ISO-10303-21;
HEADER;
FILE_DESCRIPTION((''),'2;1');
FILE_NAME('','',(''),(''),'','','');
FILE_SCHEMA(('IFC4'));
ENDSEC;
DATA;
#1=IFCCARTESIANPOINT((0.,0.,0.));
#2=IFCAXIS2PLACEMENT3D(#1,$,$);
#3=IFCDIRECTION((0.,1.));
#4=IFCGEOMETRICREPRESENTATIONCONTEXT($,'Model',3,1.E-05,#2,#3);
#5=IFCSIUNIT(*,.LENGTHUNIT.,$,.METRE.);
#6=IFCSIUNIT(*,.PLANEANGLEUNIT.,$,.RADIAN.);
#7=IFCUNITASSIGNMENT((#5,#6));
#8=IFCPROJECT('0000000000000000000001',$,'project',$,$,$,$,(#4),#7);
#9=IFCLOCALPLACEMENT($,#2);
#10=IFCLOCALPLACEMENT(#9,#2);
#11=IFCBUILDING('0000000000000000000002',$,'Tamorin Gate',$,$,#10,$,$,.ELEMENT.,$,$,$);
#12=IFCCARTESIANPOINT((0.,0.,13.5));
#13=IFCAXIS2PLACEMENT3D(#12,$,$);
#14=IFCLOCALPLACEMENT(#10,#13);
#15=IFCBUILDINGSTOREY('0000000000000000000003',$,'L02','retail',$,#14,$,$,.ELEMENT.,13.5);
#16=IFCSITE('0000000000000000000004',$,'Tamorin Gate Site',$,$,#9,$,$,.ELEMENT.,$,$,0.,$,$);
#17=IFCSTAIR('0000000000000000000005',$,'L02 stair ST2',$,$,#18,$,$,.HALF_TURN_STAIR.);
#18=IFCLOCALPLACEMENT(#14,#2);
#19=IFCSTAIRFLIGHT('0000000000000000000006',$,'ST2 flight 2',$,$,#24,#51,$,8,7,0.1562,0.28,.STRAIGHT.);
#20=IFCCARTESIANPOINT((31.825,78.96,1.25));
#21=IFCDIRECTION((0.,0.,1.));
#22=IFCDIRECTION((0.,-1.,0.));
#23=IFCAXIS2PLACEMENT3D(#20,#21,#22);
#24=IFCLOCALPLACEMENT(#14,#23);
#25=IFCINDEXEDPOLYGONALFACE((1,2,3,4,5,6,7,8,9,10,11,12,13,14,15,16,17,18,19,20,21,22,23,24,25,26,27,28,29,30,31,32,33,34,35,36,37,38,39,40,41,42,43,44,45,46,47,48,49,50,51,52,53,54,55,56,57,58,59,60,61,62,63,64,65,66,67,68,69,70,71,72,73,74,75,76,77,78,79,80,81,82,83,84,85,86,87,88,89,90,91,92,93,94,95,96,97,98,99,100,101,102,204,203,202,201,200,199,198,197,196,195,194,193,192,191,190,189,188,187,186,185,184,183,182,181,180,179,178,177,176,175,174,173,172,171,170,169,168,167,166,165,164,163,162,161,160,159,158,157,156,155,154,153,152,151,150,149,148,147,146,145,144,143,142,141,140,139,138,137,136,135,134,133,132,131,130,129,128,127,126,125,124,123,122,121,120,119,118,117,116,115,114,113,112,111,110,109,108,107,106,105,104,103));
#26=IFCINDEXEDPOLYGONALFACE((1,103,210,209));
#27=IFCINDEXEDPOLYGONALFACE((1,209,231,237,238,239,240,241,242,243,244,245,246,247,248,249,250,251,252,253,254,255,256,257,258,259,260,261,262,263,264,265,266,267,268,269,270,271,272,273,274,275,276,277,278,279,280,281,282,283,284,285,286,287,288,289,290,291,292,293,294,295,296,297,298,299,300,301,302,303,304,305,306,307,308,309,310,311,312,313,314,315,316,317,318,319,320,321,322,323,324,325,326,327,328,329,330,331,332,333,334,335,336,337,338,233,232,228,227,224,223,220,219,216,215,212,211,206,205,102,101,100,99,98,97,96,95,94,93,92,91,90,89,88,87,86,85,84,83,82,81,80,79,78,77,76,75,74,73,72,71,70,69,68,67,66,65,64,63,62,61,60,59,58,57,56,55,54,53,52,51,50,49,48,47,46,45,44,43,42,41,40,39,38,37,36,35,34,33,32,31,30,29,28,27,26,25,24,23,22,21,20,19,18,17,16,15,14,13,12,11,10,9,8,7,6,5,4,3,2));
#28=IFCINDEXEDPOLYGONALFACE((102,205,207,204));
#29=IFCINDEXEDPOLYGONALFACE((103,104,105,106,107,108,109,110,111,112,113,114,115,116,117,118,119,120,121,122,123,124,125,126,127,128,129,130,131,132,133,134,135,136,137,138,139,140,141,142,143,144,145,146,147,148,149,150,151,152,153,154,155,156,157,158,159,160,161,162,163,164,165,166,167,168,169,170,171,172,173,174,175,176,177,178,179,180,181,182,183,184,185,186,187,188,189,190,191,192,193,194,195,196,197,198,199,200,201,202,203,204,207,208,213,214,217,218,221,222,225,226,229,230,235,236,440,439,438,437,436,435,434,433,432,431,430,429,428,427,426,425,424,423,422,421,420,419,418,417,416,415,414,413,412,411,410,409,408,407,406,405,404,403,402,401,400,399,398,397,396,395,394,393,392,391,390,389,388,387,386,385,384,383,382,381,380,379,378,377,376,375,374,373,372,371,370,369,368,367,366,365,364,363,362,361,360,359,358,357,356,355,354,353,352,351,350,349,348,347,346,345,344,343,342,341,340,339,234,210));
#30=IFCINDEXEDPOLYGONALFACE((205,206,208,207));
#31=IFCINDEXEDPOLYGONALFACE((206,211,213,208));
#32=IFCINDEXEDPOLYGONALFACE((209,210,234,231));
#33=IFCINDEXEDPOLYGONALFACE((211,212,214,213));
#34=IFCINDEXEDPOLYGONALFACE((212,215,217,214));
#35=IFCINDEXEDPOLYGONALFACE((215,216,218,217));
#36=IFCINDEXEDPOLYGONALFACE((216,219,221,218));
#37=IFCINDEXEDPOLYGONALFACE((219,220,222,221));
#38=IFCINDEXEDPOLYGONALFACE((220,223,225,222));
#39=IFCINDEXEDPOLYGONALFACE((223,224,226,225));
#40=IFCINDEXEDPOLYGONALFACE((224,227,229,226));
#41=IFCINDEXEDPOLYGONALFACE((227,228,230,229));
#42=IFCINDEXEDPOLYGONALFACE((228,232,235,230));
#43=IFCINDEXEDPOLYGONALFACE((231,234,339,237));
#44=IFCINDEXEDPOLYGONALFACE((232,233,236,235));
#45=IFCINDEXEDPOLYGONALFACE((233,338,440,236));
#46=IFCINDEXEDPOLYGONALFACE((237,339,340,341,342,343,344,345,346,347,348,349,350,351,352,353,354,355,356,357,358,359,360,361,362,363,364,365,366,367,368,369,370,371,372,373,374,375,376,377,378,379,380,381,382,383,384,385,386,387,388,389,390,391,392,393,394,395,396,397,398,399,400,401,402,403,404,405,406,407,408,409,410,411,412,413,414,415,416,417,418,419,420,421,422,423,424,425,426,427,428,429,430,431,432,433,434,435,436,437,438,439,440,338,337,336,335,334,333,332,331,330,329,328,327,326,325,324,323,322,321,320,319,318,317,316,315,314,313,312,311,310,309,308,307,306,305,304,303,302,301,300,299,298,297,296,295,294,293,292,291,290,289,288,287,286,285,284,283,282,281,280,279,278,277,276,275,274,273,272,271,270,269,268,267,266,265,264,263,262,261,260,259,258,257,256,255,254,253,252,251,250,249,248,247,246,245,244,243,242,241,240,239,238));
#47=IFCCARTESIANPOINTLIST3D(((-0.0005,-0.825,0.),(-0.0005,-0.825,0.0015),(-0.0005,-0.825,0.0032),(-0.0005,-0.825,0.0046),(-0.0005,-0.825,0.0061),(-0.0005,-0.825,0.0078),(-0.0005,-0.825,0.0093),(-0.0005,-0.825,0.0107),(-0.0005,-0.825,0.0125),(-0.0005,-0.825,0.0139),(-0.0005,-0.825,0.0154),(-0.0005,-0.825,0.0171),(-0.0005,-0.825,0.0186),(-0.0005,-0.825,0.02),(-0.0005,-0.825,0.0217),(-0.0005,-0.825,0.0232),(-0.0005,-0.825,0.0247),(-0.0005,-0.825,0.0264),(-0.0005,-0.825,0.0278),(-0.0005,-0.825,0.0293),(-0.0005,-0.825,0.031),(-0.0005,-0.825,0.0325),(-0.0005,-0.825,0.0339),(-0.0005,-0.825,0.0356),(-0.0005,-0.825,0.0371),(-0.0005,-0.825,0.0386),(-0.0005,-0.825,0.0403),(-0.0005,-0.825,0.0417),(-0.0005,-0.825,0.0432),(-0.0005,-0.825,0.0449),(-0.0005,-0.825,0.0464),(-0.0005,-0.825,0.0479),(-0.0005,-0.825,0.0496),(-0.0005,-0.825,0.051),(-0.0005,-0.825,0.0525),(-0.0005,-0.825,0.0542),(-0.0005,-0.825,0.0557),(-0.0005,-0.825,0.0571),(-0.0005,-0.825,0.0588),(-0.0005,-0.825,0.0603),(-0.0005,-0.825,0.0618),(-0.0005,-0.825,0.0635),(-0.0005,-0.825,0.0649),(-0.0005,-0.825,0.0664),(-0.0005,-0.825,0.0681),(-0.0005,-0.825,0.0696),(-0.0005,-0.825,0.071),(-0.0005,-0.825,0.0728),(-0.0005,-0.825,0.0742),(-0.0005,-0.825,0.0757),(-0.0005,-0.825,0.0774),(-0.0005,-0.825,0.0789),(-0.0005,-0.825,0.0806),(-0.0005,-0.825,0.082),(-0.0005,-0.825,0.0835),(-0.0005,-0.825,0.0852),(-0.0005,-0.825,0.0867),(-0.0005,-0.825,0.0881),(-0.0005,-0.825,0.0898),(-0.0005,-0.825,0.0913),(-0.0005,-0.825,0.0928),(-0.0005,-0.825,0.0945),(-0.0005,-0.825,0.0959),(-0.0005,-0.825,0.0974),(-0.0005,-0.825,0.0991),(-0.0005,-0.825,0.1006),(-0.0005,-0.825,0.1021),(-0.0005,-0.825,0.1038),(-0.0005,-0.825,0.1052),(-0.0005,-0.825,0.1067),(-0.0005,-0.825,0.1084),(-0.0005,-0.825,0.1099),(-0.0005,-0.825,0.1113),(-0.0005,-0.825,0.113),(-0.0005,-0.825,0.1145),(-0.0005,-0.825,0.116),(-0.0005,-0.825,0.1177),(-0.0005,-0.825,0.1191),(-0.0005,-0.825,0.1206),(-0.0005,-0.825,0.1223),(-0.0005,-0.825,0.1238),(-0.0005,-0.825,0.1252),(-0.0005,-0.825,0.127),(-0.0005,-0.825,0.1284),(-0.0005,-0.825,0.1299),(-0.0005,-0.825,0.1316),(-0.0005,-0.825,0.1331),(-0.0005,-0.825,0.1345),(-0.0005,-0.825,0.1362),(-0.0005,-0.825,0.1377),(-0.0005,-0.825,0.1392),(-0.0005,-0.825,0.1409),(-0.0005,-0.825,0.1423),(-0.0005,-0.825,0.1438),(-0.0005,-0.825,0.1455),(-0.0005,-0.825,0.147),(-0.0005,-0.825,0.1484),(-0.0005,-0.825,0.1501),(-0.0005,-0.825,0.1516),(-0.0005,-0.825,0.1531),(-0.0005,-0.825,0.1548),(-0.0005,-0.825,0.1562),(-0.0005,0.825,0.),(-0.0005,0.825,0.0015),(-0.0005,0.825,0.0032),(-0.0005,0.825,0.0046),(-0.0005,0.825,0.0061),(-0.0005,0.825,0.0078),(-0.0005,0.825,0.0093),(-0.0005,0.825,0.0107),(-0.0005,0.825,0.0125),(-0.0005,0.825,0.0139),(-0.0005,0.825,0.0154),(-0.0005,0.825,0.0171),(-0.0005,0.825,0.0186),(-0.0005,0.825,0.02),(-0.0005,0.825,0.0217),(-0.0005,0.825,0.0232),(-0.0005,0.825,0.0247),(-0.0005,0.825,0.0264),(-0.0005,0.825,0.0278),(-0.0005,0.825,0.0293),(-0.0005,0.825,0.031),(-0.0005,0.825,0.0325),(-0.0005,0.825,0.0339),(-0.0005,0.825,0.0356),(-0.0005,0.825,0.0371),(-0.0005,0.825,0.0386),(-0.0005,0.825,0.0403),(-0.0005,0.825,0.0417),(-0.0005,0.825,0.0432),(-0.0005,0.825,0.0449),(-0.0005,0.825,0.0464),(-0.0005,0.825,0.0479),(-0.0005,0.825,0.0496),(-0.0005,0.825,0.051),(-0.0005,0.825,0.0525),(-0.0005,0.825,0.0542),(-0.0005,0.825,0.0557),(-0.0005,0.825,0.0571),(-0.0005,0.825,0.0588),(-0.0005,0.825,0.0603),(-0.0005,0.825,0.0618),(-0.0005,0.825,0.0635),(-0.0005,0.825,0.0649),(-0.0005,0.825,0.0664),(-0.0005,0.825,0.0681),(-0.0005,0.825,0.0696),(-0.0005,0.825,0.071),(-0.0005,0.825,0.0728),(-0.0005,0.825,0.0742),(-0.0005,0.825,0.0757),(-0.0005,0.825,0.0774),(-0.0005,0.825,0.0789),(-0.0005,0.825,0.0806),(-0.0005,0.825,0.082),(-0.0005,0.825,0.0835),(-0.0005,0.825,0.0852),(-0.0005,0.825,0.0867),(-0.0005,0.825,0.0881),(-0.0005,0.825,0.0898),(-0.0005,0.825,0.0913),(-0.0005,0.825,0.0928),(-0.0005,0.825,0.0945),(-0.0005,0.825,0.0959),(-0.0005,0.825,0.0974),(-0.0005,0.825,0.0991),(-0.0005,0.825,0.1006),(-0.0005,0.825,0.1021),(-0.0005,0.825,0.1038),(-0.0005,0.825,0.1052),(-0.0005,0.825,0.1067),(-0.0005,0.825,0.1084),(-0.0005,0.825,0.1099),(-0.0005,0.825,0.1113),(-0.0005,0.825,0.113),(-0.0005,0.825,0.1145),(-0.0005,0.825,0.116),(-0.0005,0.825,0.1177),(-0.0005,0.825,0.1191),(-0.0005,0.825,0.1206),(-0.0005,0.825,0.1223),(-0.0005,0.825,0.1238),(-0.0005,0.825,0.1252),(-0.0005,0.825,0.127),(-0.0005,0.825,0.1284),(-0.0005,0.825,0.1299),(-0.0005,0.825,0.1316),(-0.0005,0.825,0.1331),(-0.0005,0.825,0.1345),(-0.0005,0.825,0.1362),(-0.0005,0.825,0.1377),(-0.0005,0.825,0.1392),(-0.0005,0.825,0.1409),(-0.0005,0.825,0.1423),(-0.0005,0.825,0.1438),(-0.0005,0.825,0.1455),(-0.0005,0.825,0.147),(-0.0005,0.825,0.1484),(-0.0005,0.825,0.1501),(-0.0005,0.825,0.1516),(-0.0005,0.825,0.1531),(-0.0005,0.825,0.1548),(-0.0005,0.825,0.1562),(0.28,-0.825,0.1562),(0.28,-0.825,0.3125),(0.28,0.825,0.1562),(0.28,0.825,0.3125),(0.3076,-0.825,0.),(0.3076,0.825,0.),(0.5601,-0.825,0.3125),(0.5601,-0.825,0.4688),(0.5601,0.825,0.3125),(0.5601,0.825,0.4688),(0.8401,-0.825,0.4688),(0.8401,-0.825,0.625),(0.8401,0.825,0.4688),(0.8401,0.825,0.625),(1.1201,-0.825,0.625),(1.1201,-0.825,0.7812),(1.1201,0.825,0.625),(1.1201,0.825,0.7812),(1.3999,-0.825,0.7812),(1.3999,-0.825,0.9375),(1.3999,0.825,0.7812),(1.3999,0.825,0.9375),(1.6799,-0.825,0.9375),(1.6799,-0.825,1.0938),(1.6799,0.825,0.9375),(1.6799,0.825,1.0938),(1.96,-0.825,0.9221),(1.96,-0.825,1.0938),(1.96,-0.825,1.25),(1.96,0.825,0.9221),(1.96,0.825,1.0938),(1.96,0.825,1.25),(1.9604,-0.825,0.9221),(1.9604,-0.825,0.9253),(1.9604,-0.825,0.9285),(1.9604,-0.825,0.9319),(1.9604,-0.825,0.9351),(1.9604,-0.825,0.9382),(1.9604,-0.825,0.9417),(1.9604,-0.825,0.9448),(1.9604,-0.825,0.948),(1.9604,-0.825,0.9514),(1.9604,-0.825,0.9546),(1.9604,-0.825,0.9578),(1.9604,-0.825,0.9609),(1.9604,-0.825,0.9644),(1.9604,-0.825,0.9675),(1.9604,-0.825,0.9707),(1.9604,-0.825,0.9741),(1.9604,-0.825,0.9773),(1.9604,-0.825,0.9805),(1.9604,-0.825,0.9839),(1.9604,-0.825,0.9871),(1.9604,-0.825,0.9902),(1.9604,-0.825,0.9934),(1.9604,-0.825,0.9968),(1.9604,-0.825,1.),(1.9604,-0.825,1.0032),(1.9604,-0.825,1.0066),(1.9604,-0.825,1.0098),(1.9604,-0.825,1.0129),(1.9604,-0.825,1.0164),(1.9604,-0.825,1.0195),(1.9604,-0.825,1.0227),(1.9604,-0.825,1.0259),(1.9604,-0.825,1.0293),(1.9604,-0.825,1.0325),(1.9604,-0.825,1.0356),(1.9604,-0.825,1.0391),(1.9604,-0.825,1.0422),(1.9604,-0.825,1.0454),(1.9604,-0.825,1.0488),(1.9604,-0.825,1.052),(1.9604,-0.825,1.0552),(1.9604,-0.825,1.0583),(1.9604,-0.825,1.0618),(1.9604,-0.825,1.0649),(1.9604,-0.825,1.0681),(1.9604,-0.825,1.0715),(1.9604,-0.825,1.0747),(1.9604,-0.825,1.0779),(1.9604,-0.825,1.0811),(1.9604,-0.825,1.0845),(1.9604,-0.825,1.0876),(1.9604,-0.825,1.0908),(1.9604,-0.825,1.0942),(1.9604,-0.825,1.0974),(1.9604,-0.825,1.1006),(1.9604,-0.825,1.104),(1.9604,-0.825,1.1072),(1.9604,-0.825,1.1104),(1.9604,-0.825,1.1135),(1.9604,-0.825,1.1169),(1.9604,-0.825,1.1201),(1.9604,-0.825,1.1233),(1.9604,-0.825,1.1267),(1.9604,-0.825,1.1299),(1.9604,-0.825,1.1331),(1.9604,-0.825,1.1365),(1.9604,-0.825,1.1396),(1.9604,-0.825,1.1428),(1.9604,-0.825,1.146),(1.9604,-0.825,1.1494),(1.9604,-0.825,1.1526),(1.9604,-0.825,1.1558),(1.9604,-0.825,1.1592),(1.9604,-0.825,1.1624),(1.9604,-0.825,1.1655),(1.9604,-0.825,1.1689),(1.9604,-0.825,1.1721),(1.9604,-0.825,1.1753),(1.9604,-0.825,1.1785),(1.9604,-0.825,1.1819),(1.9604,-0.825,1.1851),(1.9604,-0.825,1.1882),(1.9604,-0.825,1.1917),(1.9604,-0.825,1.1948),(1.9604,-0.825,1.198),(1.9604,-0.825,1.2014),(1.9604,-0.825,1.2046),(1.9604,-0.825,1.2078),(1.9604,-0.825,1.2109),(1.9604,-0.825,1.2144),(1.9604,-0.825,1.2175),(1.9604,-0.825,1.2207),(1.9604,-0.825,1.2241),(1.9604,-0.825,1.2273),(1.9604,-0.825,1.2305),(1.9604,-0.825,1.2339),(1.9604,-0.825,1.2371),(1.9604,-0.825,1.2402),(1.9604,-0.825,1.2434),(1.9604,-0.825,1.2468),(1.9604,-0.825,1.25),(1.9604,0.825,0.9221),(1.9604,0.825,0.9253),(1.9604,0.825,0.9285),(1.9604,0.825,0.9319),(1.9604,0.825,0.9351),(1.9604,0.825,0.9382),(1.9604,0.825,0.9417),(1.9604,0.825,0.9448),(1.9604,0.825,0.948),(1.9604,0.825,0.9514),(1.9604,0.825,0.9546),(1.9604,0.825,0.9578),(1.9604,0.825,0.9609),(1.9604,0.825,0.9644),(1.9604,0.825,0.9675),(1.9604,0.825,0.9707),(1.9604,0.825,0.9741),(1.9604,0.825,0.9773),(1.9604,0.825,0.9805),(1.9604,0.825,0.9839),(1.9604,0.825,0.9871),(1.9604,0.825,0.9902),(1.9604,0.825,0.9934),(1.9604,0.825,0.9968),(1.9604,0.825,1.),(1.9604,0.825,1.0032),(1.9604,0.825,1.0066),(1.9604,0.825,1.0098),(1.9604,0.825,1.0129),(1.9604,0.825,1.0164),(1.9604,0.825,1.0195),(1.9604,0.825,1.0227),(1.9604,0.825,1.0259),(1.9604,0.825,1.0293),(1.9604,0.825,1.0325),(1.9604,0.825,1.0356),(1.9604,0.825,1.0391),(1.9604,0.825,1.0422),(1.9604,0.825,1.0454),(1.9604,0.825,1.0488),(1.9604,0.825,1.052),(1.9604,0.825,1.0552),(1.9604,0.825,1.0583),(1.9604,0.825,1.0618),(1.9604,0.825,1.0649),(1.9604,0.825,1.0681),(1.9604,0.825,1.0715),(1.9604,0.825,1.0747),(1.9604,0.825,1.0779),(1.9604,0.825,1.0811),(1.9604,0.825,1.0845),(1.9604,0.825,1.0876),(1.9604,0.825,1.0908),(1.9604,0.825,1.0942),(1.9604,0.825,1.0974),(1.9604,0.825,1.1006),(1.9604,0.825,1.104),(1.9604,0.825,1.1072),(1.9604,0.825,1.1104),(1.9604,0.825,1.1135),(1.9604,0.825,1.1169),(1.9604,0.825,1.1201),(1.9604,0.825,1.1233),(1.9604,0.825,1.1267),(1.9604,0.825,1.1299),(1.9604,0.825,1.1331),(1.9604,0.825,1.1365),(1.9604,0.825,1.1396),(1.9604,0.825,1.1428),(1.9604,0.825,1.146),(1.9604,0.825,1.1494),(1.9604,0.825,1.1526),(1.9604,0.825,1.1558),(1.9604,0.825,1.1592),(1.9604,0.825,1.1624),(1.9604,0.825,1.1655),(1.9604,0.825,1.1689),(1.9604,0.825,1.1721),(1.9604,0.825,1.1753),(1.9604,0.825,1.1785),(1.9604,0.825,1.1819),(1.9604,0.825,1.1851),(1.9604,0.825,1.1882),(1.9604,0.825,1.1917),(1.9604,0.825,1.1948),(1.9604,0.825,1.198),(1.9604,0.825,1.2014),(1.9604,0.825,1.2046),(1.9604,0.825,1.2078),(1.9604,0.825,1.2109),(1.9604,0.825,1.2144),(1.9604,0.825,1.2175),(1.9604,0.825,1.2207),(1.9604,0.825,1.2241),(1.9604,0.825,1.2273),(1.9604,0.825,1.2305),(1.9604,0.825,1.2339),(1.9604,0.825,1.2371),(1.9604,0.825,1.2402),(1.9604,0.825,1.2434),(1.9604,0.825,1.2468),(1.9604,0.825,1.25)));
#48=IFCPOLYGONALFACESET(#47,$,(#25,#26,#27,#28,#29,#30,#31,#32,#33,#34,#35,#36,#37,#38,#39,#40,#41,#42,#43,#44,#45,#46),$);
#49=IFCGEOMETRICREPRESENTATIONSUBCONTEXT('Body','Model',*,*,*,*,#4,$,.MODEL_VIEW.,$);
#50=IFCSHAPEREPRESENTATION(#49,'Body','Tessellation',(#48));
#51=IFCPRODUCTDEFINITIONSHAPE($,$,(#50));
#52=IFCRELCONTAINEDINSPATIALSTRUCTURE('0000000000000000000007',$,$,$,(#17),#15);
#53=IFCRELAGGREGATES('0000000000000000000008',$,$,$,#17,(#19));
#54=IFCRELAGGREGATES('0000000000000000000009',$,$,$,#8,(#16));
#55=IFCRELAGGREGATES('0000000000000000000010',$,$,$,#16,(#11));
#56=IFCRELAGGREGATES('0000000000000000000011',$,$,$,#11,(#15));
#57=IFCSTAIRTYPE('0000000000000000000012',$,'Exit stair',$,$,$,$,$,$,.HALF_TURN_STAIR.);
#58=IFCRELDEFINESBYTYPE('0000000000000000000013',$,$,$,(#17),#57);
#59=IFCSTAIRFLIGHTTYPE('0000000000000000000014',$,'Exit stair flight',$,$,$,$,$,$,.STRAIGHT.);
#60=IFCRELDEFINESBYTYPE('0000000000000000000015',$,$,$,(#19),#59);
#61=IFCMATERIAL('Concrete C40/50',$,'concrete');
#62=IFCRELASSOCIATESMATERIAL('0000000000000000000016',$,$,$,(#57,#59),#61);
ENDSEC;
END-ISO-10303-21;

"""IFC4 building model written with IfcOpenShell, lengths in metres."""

from ifc_helpers import new_model, si_unit, direction, frame, origin, place, context, subcontext, project, spatial, polyline, outline, extrude, material, type_object, element, aggregate, save


model = new_model("IFC4")

# Units and contexts
model_context = context("Model", 3, precision=1e-05, world=origin(), true_north=direction((0.0, 1.0)))
body_context = subcontext(model_context, "Body", "Model", "MODEL_VIEW")
ifc_project = project(units=[si_unit("LENGTHUNIT", "METRE"), si_unit("PLANEANGLEUNIT", "RADIAN")], contexts=[model_context])

# Site, building, storey
site_placement = place(None, origin())
site = spatial("IfcSite", under=ifc_project, at=site_placement, Name="Tamorin Gate Site", CompositionType="ELEMENT", RefElevation=0.0)
building_placement = place(site_placement, origin())
building = spatial("IfcBuilding", under=site, at=building_placement, Name="Tamorin Gate", CompositionType="ELEMENT")
storey_placement = place(building_placement, frame((0.0, 0.0, 13.5)))
storey = spatial("IfcBuildingStorey", under=building, at=storey_placement, Name="L02", Description="retail", CompositionType="ELEMENT", Elevation=13.5)

# Stair, stair flight
ifc_material_1 = material(Name="Concrete C40/50", Category="concrete")
stair_type = type_object("IfcStairType", Name="Exit stair", PredefinedType="HALF_TURN_STAIR", material=ifc_material_1)
stair_placement = place(storey_placement, origin())
stair = element("IfcStair", 1, at=stair_placement, inside=storey, type_object=stair_type, Name="L02 stair ST2", PredefinedType="HALF_TURN_STAIR")
stair_flight_type = type_object("IfcStairFlightType", Name="Exit stair flight", PredefinedType="STRAIGHT", material=ifc_material_1)
stair_flight_1_placement = place(storey_placement, frame((31.825, 78.96, 1.25), z_axis=(0.0, 0.0, 1.0), x_axis=(0.0, -1.0, 0.0)))
stair_flight_1 = element("IfcStairFlight", 2, at=stair_flight_1_placement, type_object=stair_flight_type, Name="ST2 flight 2", NumberOfRisers=8, NumberOfTreads=7, PredefinedType="STRAIGHT", RiserHeight=0.1562, TreadLength=0.28, context=body_context, shape_type="SweptSolid", body=[
    extrude(outline(polyline([(-0.0005, 0.0), (-0.0005, 0.0015), (-0.0005, 0.0032), (-0.0005, 0.0046), (-0.0005, 0.0061), (-0.0005, 0.0078), (-0.0005, 0.0093), (-0.0005, 0.0107), (-0.0005, 0.0125), (-0.0005, 0.0139), (-0.0005, 0.0154), (-0.0005, 0.0171), (-0.0005, 0.0186), (-0.0005, 0.02), (-0.0005, 0.0217), (-0.0005, 0.0232), (-0.0005, 0.0247), (-0.0005, 0.0264), (-0.0005, 0.0278), (-0.0005, 0.0293), (-0.0005, 0.031), (-0.0005, 0.0325), (-0.0005, 0.0339), (-0.0005, 0.0356), (-0.0005, 0.0371), (-0.0005, 0.0386), (-0.0005, 0.0403), (-0.0005, 0.0417), (-0.0005, 0.0432), (-0.0005, 0.0449), (-0.0005, 0.0464), (-0.0005, 0.0479), (-0.0005, 0.0496), (-0.0005, 0.051), (-0.0005, 0.0525), (-0.0005, 0.0542), (-0.0005, 0.0557), (-0.0005, 0.0571), (-0.0005, 0.0588), (-0.0005, 0.0603), (-0.0005, 0.0618), (-0.0005, 0.0635), (-0.0005, 0.0649), (-0.0005, 0.0664), (-0.0005, 0.0681), (-0.0005, 0.0696), (-0.0005, 0.071), (-0.0005, 0.0728), (-0.0005, 0.0742), (-0.0005, 0.0757), (-0.0005, 0.0774), (-0.0005, 0.0789), (-0.0005, 0.0806), (-0.0005, 0.082), (-0.0005, 0.0835), (-0.0005, 0.0852), (-0.0005, 0.0867), (-0.0005, 0.0881), (-0.0005, 0.0898), (-0.0005, 0.0913), (-0.0005, 0.0928), (-0.0005, 0.0945), (-0.0005, 0.0959), (-0.0005, 0.0974), (-0.0005, 0.0991), (-0.0005, 0.1006), (-0.0005, 0.1021), (-0.0005, 0.1038), (-0.0005, 0.1052), (-0.0005, 0.1067), (-0.0005, 0.1084), (-0.0005, 0.1099), (-0.0005, 0.1113), (-0.0005, 0.113), (-0.0005, 0.1145), (-0.0005, 0.116), (-0.0005, 0.1177), (-0.0005, 0.1191), (-0.0005, 0.1206), (-0.0005, 0.1223), (-0.0005, 0.1238), (-0.0005, 0.1252), (-0.0005, 0.127), (-0.0005, 0.1284), (-0.0005, 0.1299), (-0.0005, 0.1316), (-0.0005, 0.1331), (-0.0005, 0.1345), (-0.0005, 0.1362), (-0.0005, 0.1377), (-0.0005, 0.1392), (-0.0005, 0.1409), (-0.0005, 0.1423), (-0.0005, 0.1438), (-0.0005, 0.1455), (-0.0005, 0.147), (-0.0005, 0.1484), (-0.0005, 0.1501), (-0.0005, 0.1516), (-0.0005, 0.1531), (-0.0005, 0.1548), (-0.0005, 0.1562), (0.28, 0.1562), (0.28, 0.3125), (0.5601, 0.3125), (0.5601, 0.4688), (0.8401, 0.4688), (0.8401, 0.625), (1.1201, 0.625), (1.1201, 0.7812), (1.3999, 0.7812), (1.3999, 0.9375), (1.6799, 0.9375), (1.6799, 1.0938), (1.96, 1.0938), (1.96, 1.25), (1.9604, 1.25), (1.9604, 1.2468), (1.9604, 1.2434), (1.9604, 1.2402), (1.9604, 1.2371), (1.9604, 1.2339), (1.9604, 1.2305), (1.9604, 1.2273), (1.9604, 1.2241), (1.9604, 1.2207), (1.9604, 1.2175), (1.9604, 1.2144), (1.9604, 1.2109), (1.9604, 1.2078), (1.9604, 1.2046), (1.9604, 1.2014), (1.9604, 1.198), (1.9604, 1.1948), (1.9604, 1.1917), (1.9604, 1.1882), (1.9604, 1.1851), (1.9604, 1.1819), (1.9604, 1.1785), (1.9604, 1.1753), (1.9604, 1.1721), (1.9604, 1.1689), (1.9604, 1.1655), (1.9604, 1.1624), (1.9604, 1.1592), (1.9604, 1.1558), (1.9604, 1.1526), (1.9604, 1.1494), (1.9604, 1.146), (1.9604, 1.1428), (1.9604, 1.1396), (1.9604, 1.1365), (1.9604, 1.1331), (1.9604, 1.1299), (1.9604, 1.1267), (1.9604, 1.1233), (1.9604, 1.1201), (1.9604, 1.1169), (1.9604, 1.1135), (1.9604, 1.1104), (1.9604, 1.1072), (1.9604, 1.104), (1.9604, 1.1006), (1.9604, 1.0974), (1.9604, 1.0942), (1.9604, 1.0908), (1.9604, 1.0876), (1.9604, 1.0845), (1.9604, 1.0811), (1.9604, 1.0779), (1.9604, 1.0747), (1.9604, 1.0715), (1.9604, 1.0681), (1.9604, 1.0649), (1.9604, 1.0618), (1.9604, 1.0583), (1.9604, 1.0552), (1.9604, 1.052), (1.9604, 1.0488), (1.9604, 1.0454), (1.9604, 1.0422), (1.9604, 1.0391), (1.9604, 1.0356), (1.9604, 1.0325), (1.9604, 1.0293), (1.9604, 1.0259), (1.9604, 1.0227), (1.9604, 1.0195), (1.9604, 1.0164), (1.9604, 1.0129), (1.9604, 1.0098), (1.9604, 1.0066), (1.9604, 1.0032), (1.9604, 1.0), (1.9604, 0.9968), (1.9604, 0.9934), (1.9604, 0.9902), (1.9604, 0.9871), (1.9604, 0.9839), (1.9604, 0.9805), (1.9604, 0.9773), (1.9604, 0.9741), (1.9604, 0.9707), (1.9604, 0.9675), (1.9604, 0.9644), (1.9604, 0.9609), (1.9604, 0.9578), (1.9604, 0.9546), (1.9604, 0.9514), (1.9604, 0.948), (1.9604, 0.9448), (1.9604, 0.9417), (1.9604, 0.9382), (1.9604, 0.9351), (1.9604, 0.9319), (1.9604, 0.9285), (1.9604, 0.9253), (1.9604, 0.9221), (1.96, 0.9221), (0.3076, 0.0), (-0.0005, 0.0)])), frame((0.0, 0.825, 0.0), z_axis=(0.0, -1.0, 0.0), x_axis=(1.0, 0.0, 0.0)), (0.0, 0.0, 1.0), 1.6499),
])
aggregate(stair, [stair_flight_1])

save(model, "model.ifc")
